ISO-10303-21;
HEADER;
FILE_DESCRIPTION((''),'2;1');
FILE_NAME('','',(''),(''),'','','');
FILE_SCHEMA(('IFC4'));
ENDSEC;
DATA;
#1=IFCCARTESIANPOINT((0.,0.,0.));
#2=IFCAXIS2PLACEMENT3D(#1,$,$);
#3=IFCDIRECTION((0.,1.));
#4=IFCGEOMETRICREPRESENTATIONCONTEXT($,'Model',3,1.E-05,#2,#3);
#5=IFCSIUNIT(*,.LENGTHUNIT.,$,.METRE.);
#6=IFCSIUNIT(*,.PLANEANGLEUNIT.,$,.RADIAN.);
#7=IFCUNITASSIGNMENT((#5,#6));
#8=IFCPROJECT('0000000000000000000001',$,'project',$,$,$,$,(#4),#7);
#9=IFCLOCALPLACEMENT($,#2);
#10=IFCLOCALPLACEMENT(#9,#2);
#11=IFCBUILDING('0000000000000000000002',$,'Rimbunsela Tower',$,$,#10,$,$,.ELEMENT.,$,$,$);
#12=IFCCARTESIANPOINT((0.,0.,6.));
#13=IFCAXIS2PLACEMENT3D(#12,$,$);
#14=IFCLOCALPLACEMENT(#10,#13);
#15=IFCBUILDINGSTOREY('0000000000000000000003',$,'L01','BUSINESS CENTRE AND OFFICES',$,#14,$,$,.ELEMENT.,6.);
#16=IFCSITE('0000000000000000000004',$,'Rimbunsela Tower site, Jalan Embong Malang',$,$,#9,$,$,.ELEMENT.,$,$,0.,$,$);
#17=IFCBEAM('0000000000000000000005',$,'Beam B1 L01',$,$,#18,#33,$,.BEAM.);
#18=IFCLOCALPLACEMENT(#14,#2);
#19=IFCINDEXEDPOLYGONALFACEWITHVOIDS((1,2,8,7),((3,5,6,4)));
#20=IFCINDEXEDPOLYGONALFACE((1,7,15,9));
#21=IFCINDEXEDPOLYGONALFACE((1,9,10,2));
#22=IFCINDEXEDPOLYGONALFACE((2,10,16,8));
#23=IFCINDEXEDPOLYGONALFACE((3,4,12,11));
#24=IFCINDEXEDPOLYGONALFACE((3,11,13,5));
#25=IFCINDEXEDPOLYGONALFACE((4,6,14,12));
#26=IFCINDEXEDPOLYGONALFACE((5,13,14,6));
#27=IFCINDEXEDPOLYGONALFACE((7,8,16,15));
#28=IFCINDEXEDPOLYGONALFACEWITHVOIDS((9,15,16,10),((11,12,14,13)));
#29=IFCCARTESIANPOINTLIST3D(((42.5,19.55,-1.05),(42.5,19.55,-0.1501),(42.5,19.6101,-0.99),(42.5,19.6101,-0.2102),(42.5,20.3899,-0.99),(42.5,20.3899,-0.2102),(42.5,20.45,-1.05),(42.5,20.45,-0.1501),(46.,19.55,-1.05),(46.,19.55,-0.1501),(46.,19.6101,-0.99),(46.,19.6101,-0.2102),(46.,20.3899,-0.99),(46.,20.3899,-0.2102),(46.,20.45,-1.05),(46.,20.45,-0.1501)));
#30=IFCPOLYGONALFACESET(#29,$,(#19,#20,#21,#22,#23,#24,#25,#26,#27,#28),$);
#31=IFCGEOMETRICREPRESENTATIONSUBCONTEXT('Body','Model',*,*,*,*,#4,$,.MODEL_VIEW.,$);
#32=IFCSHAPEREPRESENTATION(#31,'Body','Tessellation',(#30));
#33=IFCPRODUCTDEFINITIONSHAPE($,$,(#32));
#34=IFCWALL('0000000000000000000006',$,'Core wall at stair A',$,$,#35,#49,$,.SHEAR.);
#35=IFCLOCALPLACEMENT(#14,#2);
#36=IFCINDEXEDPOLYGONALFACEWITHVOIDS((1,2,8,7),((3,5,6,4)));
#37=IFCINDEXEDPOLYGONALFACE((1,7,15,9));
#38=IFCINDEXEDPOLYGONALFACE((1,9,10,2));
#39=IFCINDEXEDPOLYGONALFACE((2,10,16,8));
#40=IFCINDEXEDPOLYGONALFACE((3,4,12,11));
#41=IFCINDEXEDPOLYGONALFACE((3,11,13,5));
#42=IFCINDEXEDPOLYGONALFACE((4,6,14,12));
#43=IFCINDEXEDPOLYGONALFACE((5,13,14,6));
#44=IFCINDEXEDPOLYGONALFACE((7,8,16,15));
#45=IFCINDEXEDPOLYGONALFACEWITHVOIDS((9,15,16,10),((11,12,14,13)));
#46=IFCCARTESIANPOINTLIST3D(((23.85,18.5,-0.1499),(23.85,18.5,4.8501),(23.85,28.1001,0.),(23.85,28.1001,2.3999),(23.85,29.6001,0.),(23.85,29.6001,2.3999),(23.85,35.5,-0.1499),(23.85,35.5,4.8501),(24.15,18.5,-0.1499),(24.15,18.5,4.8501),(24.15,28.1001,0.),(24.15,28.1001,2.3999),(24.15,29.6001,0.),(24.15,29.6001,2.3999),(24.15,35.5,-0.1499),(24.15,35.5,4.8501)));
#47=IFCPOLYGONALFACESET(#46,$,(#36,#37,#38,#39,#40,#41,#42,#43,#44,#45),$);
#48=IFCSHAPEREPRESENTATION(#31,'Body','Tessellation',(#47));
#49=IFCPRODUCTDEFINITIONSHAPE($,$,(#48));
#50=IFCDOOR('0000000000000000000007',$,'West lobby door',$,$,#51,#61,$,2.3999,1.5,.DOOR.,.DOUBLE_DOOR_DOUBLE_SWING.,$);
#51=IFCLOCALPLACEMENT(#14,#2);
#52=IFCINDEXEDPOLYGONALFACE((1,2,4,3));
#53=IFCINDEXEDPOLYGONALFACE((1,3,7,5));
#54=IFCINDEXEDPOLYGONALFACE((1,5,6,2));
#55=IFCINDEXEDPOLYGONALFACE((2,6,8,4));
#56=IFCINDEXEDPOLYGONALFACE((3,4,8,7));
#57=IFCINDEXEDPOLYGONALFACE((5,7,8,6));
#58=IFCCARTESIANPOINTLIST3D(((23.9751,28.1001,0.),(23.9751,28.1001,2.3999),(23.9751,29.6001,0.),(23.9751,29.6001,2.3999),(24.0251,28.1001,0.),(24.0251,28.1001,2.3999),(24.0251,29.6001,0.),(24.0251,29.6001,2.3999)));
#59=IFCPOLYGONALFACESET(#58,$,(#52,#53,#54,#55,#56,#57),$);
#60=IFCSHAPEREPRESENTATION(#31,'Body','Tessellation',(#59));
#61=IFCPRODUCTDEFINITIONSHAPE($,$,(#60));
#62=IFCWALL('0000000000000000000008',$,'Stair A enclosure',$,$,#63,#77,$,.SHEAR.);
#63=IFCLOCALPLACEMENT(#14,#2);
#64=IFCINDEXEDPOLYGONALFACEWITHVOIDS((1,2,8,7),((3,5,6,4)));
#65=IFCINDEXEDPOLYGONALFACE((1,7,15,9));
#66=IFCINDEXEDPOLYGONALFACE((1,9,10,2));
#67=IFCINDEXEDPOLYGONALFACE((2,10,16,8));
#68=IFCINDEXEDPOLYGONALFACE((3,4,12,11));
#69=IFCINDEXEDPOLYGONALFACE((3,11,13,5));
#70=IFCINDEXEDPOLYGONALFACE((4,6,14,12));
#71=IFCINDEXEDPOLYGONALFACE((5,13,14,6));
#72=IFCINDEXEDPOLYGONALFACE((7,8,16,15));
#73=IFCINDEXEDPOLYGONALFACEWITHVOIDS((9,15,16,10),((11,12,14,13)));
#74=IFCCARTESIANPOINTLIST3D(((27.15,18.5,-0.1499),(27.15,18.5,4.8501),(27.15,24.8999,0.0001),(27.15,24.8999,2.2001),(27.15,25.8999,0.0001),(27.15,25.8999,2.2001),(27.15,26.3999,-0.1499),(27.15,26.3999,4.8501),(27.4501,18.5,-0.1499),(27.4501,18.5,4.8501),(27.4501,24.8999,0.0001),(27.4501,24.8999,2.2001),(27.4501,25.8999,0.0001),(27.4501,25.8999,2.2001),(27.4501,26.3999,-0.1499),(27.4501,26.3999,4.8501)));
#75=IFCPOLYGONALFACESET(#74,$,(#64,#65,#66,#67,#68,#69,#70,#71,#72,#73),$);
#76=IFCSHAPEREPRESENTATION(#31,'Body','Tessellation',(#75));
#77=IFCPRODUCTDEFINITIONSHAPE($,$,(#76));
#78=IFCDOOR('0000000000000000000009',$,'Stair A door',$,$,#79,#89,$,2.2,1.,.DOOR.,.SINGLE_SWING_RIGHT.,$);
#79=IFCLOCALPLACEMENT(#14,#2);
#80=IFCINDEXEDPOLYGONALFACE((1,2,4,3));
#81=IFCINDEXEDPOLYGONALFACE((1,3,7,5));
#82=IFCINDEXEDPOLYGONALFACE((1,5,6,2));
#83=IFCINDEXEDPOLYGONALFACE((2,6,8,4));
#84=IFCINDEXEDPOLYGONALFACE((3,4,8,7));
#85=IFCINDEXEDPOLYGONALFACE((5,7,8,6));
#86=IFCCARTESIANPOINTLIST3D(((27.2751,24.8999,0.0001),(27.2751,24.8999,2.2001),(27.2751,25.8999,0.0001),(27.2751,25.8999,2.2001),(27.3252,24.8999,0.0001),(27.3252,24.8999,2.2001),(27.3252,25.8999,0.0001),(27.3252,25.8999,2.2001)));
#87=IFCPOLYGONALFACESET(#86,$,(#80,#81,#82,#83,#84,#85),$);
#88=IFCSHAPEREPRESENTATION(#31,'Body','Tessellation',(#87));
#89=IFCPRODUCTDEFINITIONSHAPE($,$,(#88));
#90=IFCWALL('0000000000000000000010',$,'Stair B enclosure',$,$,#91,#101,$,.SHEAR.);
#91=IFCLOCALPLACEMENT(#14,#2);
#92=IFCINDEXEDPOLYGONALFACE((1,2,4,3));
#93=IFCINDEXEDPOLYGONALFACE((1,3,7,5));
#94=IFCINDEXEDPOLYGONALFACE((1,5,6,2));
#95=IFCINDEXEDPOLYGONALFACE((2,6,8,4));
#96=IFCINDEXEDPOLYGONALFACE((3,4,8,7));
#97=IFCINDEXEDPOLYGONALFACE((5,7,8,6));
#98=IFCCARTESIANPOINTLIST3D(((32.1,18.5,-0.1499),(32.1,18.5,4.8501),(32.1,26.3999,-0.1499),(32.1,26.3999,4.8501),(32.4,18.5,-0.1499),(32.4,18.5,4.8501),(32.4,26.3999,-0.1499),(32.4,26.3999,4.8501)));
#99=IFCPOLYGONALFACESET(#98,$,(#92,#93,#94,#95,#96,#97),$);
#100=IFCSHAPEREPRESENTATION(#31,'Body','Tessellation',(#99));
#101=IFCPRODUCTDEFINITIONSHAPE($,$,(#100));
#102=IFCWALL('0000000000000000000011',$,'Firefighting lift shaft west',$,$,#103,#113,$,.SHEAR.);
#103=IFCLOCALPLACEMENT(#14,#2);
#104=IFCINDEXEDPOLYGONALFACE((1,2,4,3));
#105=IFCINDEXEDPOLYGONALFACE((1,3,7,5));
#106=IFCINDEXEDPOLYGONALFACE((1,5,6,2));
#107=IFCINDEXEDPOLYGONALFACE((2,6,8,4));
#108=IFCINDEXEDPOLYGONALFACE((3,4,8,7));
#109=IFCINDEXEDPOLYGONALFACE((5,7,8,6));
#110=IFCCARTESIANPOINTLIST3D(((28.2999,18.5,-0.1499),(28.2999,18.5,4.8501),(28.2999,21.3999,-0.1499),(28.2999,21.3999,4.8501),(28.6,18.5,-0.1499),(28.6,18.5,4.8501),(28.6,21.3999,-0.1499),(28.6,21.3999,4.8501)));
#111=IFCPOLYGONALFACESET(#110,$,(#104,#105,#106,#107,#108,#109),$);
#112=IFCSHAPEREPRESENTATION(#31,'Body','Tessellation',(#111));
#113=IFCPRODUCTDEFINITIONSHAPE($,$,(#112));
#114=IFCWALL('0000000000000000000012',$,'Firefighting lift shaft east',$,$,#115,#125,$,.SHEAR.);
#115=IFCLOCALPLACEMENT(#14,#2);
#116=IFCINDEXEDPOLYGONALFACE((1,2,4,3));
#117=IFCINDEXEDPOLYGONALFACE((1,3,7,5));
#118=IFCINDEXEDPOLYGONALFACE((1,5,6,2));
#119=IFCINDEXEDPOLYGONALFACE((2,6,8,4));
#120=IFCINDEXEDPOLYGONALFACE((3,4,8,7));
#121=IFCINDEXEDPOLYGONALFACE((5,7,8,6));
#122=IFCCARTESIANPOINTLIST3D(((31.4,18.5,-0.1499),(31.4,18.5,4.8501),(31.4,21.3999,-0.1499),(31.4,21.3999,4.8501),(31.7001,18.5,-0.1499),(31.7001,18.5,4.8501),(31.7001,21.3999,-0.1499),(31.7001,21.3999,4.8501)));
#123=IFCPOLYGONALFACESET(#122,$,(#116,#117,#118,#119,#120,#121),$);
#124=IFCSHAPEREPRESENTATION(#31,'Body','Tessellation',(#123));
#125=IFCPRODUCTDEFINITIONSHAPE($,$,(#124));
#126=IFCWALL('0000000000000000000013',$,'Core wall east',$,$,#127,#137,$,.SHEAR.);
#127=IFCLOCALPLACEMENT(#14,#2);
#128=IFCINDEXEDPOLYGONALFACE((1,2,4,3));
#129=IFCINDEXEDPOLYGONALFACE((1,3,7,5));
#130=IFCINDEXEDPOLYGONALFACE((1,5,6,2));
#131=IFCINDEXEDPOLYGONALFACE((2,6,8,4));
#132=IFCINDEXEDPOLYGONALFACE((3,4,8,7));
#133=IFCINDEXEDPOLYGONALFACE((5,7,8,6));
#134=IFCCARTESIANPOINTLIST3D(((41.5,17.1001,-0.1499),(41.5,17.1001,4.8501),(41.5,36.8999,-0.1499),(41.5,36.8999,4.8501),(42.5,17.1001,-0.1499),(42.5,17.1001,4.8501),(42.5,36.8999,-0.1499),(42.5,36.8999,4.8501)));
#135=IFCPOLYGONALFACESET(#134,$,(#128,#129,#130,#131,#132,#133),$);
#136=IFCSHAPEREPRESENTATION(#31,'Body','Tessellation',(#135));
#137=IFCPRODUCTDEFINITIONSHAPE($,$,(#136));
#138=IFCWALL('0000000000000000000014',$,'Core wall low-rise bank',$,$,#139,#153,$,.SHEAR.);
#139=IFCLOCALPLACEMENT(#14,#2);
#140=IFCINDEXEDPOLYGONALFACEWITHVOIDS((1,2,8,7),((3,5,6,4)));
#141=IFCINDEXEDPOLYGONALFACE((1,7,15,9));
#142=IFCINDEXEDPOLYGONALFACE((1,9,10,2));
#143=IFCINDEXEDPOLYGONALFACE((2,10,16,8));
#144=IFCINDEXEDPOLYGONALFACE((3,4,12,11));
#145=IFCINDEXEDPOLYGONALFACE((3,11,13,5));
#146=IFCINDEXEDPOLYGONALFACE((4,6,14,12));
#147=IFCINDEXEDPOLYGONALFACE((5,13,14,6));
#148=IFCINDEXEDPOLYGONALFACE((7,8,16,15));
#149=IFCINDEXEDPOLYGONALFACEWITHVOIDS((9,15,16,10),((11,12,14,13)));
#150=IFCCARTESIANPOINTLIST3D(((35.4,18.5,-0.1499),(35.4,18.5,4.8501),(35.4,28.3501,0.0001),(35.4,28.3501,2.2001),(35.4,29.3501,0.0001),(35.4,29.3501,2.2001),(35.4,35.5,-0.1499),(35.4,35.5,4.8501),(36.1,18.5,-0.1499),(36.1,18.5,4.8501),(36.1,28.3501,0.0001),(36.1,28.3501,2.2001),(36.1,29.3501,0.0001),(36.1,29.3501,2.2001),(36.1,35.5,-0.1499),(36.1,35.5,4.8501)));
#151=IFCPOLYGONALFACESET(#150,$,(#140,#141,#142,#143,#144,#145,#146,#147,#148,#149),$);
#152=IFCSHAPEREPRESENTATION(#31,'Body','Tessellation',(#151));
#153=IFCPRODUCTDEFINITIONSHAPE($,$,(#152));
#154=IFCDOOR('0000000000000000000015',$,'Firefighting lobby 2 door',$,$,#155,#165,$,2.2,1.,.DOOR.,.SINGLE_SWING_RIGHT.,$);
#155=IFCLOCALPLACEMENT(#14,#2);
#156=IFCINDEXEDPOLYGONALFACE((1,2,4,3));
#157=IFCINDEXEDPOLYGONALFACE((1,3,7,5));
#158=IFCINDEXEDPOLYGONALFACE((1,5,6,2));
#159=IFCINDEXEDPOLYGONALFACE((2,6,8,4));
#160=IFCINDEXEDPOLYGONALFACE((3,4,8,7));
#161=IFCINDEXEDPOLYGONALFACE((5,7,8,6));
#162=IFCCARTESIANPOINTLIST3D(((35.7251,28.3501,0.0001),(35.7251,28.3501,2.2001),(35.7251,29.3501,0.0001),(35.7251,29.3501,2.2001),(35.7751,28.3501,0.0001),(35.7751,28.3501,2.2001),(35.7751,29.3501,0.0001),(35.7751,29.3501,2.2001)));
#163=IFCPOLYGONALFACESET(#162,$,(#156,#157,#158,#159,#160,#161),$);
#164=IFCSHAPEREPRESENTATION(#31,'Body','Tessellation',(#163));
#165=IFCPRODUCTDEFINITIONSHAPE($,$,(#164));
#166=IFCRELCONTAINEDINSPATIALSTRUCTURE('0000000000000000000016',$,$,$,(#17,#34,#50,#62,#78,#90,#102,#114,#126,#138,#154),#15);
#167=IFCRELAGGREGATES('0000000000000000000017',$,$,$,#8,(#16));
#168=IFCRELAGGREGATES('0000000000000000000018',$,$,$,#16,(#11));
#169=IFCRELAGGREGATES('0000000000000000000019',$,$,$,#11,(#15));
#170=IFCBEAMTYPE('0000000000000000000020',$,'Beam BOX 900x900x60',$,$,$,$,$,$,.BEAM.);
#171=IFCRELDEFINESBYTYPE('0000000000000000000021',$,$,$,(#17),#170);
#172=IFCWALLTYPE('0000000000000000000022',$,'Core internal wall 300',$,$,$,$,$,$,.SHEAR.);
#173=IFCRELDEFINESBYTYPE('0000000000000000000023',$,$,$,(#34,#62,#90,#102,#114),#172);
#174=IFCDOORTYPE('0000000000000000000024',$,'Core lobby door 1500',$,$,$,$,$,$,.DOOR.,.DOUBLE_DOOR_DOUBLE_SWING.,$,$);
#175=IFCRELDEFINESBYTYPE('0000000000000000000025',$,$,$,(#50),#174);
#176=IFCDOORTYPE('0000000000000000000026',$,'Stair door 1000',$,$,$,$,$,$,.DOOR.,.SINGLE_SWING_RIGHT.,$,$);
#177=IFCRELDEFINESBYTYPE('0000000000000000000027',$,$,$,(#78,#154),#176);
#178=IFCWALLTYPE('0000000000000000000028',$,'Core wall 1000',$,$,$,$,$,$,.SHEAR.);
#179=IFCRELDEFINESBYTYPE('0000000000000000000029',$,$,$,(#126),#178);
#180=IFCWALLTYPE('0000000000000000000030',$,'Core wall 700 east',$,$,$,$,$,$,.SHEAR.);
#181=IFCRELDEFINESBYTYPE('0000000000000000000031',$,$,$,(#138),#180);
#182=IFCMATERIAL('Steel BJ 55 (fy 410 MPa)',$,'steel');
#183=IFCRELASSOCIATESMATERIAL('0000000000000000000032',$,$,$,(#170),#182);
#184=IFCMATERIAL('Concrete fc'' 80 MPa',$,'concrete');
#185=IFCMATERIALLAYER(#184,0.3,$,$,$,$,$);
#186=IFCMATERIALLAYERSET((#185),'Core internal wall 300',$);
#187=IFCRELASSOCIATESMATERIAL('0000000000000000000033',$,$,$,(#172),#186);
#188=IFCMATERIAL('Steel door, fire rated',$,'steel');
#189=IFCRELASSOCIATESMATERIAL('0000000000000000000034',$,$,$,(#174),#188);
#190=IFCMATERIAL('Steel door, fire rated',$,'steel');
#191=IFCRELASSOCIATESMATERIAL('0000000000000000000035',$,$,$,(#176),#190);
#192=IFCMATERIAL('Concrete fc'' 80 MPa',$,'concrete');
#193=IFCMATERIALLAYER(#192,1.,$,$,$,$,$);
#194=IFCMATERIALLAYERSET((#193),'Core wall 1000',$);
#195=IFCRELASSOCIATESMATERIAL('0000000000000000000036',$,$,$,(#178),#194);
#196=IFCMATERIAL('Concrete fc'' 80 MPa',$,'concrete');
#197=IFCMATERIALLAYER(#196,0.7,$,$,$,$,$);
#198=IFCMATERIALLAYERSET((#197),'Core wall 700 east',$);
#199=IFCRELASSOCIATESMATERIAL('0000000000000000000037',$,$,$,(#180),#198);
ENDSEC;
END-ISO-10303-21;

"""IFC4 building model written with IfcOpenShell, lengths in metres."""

from ifc_helpers import new_model, si_unit, direction, frame, frame_2d, origin, origin_2d, place, context, subcontext, project, spatial, rectangle, hollow_rectangle, extrude, material, layer, layer_set, material_profile, profile_set, type_object, element, fill, save


model = new_model("IFC4")

# Units and contexts
model_context = context("Model", 3, precision=1e-05, world=origin(), true_north=direction((0.0, 1.0)))
body_context = subcontext(model_context, "Body", "Model", "MODEL_VIEW")
ifc_project = project(units=[si_unit("LENGTHUNIT", "METRE"), si_unit("PLANEANGLEUNIT", "RADIAN")], contexts=[model_context])

# Site, building, storey
site_placement = place(None, origin())
site = spatial("IfcSite", under=ifc_project, at=site_placement, Name="Rimbunsela Tower site, Jalan Embong Malang", CompositionType="ELEMENT", RefElevation=0.0)
building_placement = place(site_placement, origin())
building = spatial("IfcBuilding", under=site, at=building_placement, Name="Rimbunsela Tower", CompositionType="ELEMENT")
storey_placement = place(building_placement, frame((0.0, 0.0, 6.0)))
storey = spatial("IfcBuildingStorey", under=building, at=storey_placement, Name="L01", Description="BUSINESS CENTRE AND OFFICES", CompositionType="ELEMENT", Elevation=6.0)

# Beam
ifc_material_1 = material(Name="Steel BJ 55 (fy 410 MPa)", Category="steel")
ifc_material_profile = material_profile(ifc_material_1, hollow_rectangle(XDim=0.8999, YDim=0.8999, WallThickness=0.0601, at=origin_2d()), Name="BOX 900x900x60")
ifc_profile_set = profile_set([ifc_material_profile], Name="Steel BJ 55 (fy 410 MPa)")
beam_type = type_object("IfcBeamType", Name="Beam BOX 900x900x60", PredefinedType="BEAM", material=ifc_profile_set)
beam_placement = place(storey_placement, frame((42.5, 20.0, -0.6001), z_axis=(1.0, 0.0, 0.0), x_axis=(0.0, 1.0, 0.0)))
element("IfcBeam", 1, at=beam_placement, inside=storey, type_object=beam_type, Name="Beam B1 L01", PredefinedType="BEAM", context=body_context, shape_type="SweptSolid", body=[
    extrude(hollow_rectangle(XDim=0.8999, YDim=0.8999, WallThickness=0.0601, at=origin_2d()), origin(), (0.0, 0.0, 1.0), 3.5),
])

# Walls, openings, doors
ifc_material_2 = material(Name="Concrete fc' 80 MPa", Category="concrete")
ifc_layer_1 = layer(ifc_material_2, 0.3)
ifc_layer_set_1 = layer_set([ifc_layer_1], Name="Core internal wall 300")
wall_type_1 = type_object("IfcWallType", Name="Core internal wall 300", PredefinedType="SHEAR", material=ifc_layer_set_1)
wall_1_placement = place(storey_placement, frame((24.0, 18.5, -0.1499), z_axis=(0.0, 0.0, 1.0), x_axis=(0.0, 1.0, 0.0)))
wall_1 = element("IfcWall", 2, at=wall_1_placement, inside=storey, type_object=wall_type_1, Name="Core wall at stair A", PredefinedType="SHEAR", context=body_context, shape_type="SweptSolid", body=[
    extrude(rectangle(XDim=17.0, YDim=0.3, at=frame_2d((8.5, 0.0))), origin(), (0.0, 0.0, 1.0), 5.0),
])
opening_1_placement = place(wall_1_placement, frame((9.6001, 0.0, 0.1499)))
opening_1 = element("IfcOpeningElement", 3, at=opening_1_placement, cuts=wall_1, PredefinedType="OPENING", context=body_context, shape_type="SweptSolid", body=[
    extrude(rectangle(XDim=1.5, YDim=2.3999, at=frame_2d((0.75, 1.2))), frame((0.0, 0.1599, 0.0), z_axis=(0.0, -1.0, 0.0), x_axis=(1.0, 0.0, 0.0)), (0.0, 0.0, 1.0), 0.3201),
])
ifc_material_3 = material(Name="Steel door, fire rated", Category="steel")
door_type_1 = type_object("IfcDoorType", Name="Core lobby door 1500", OperationType="DOUBLE_DOOR_DOUBLE_SWING", PredefinedType="DOOR", material=ifc_material_3)
door_1_placement = place(opening_1_placement, origin())
door_1 = element("IfcDoor", 4, at=door_1_placement, inside=storey, type_object=door_type_1, Name="West lobby door", OperationType="DOUBLE_DOOR_DOUBLE_SWING", OverallHeight=2.3999, OverallWidth=1.5, PredefinedType="DOOR", context=body_context, shape_type="SweptSolid", body=[
    extrude(rectangle(XDim=1.5, YDim=2.3999, at=frame_2d((0.75, 1.2))), frame((0.0, 0.0249, 0.0), z_axis=(0.0, -1.0, 0.0), x_axis=(1.0, 0.0, 0.0)), (0.0, 0.0, 1.0), 0.05),
])
fill(opening_1, door_1)
wall_2_placement = place(storey_placement, frame((27.3, 18.5, -0.1499), z_axis=(0.0, 0.0, 1.0), x_axis=(0.0, 1.0, 0.0)))
wall_2 = element("IfcWall", 5, at=wall_2_placement, inside=storey, type_object=wall_type_1, Name="Stair A enclosure", PredefinedType="SHEAR", context=body_context, shape_type="SweptSolid", body=[
    extrude(rectangle(XDim=7.8999, YDim=0.3, at=frame_2d((3.95, 0.0))), origin(), (0.0, 0.0, 1.0), 5.0),
])
opening_2_placement = place(wall_2_placement, frame((6.3999, 0.0, 0.1499)))
opening_2 = element("IfcOpeningElement", 6, at=opening_2_placement, cuts=wall_2, PredefinedType="OPENING", context=body_context, shape_type="SweptSolid", body=[
    extrude(rectangle(XDim=1.0, YDim=2.2, at=frame_2d((0.5, 1.1001))), frame((0.0, 0.1599, 0.0), z_axis=(0.0, -1.0, 0.0), x_axis=(1.0, 0.0, 0.0)), (0.0, 0.0, 1.0), 0.3201),
])
ifc_material_4 = material(Name="Steel door, fire rated", Category="steel")
door_type_2 = type_object("IfcDoorType", Name="Stair door 1000", OperationType="SINGLE_SWING_RIGHT", PredefinedType="DOOR", material=ifc_material_4)
door_2_placement = place(opening_2_placement, origin())
door_2 = element("IfcDoor", 7, at=door_2_placement, inside=storey, type_object=door_type_2, Name="Stair A door", OperationType="SINGLE_SWING_RIGHT", OverallHeight=2.2, OverallWidth=1.0, PredefinedType="DOOR", context=body_context, shape_type="SweptSolid", body=[
    extrude(rectangle(XDim=1.0, YDim=2.2, at=frame_2d((0.5, 1.1001))), frame((0.0, 0.0249, 0.0), z_axis=(0.0, -1.0, 0.0), x_axis=(1.0, 0.0, 0.0)), (0.0, 0.0, 1.0), 0.05),
])
fill(opening_2, door_2)

# Walls
wall_3_placement = place(storey_placement, frame((32.25, 18.5, -0.1499), z_axis=(0.0, 0.0, 1.0), x_axis=(0.0, 1.0, 0.0)))
element("IfcWall", 8, at=wall_3_placement, inside=storey, type_object=wall_type_1, Name="Stair B enclosure", PredefinedType="SHEAR", context=body_context, shape_type="SweptSolid", body=[
    extrude(rectangle(XDim=7.8999, YDim=0.3, at=frame_2d((3.95, 0.0))), origin(), (0.0, 0.0, 1.0), 5.0),
])
for number, where, z_axis, x_axis, name in (
    (9, (28.45, 18.5, -0.1499), (0.0, 0.0, 1.0), (0.0, 1.0, 0.0), "Firefighting lift shaft west"),
    (10, (31.55, 18.5, -0.1499), (0.0, 0.0, 1.0), (0.0, 1.0, 0.0), "Firefighting lift shaft east"),
):
    element("IfcWall", number, at=place(storey_placement, frame(where, z_axis=z_axis, x_axis=x_axis)), inside=storey, type_object=wall_type_1, Name=name, PredefinedType="SHEAR", context=body_context, shape_type="SweptSolid", body=[
        extrude(rectangle(XDim=2.8999, YDim=0.3, at=frame_2d((1.45, 0.0))), origin(), (0.0, 0.0, 1.0), 5.0),
    ])
ifc_material_5 = material(Name="Concrete fc' 80 MPa", Category="concrete")
ifc_layer_2 = layer(ifc_material_5, 1.0)
ifc_layer_set_2 = layer_set([ifc_layer_2], Name="Core wall 1000")
wall_type_2 = type_object("IfcWallType", Name="Core wall 1000", PredefinedType="SHEAR", material=ifc_layer_set_2)
wall_4_placement = place(storey_placement, frame((42.0, 17.1001, -0.1499), z_axis=(0.0, 0.0, 1.0), x_axis=(0.0, 1.0, 0.0)))
element("IfcWall", 11, at=wall_4_placement, inside=storey, type_object=wall_type_2, Name="Core wall east", PredefinedType="SHEAR", context=body_context, shape_type="SweptSolid", body=[
    extrude(rectangle(XDim=19.7998, YDim=1.0, at=frame_2d((9.8999, 0.0))), origin(), (0.0, 0.0, 1.0), 5.0),
])

# Wall, opening, door
ifc_material_6 = material(Name="Concrete fc' 80 MPa", Category="concrete")
ifc_layer_3 = layer(ifc_material_6, 0.7)
ifc_layer_set_3 = layer_set([ifc_layer_3], Name="Core wall 700 east")
wall_type_3 = type_object("IfcWallType", Name="Core wall 700 east", PredefinedType="SHEAR", material=ifc_layer_set_3)
wall_5_placement = place(storey_placement, frame((35.75, 18.5, -0.1499), z_axis=(0.0, 0.0, 1.0), x_axis=(0.0, 1.0, 0.0)))
wall_5 = element("IfcWall", 12, at=wall_5_placement, inside=storey, type_object=wall_type_3, Name="Core wall low-rise bank", PredefinedType="SHEAR", context=body_context, shape_type="SweptSolid", body=[
    extrude(rectangle(XDim=17.0, YDim=0.7, at=frame_2d((8.5, 0.0))), origin(), (0.0, 0.0, 1.0), 5.0),
])
opening_3_placement = place(wall_5_placement, frame((9.8501, 0.0, 0.1499)))
opening_3 = element("IfcOpeningElement", 13, at=opening_3_placement, cuts=wall_5, PredefinedType="OPENING", context=body_context, shape_type="SweptSolid", body=[
    extrude(rectangle(XDim=1.0, YDim=2.2, at=frame_2d((0.5, 1.1001))), frame((0.0, 0.3599, 0.0), z_axis=(0.0, -1.0, 0.0), x_axis=(1.0, 0.0, 0.0)), (0.0, 0.0, 1.0), 0.72),
])
door_3_placement = place(opening_3_placement, origin())
door_3 = element("IfcDoor", 14, at=door_3_placement, inside=storey, type_object=door_type_2, Name="Firefighting lobby 2 door", OperationType="SINGLE_SWING_RIGHT", OverallHeight=2.2, OverallWidth=1.0, PredefinedType="DOOR", context=body_context, shape_type="SweptSolid", body=[
    extrude(rectangle(XDim=1.0, YDim=2.2, at=frame_2d((0.5, 1.1001))), frame((0.0, 0.0249, 0.0), z_axis=(0.0, -1.0, 0.0), x_axis=(1.0, 0.0, 0.0)), (0.0, 0.0, 1.0), 0.05),
])
fill(opening_3, door_3)

save(model, "model.ifc")
